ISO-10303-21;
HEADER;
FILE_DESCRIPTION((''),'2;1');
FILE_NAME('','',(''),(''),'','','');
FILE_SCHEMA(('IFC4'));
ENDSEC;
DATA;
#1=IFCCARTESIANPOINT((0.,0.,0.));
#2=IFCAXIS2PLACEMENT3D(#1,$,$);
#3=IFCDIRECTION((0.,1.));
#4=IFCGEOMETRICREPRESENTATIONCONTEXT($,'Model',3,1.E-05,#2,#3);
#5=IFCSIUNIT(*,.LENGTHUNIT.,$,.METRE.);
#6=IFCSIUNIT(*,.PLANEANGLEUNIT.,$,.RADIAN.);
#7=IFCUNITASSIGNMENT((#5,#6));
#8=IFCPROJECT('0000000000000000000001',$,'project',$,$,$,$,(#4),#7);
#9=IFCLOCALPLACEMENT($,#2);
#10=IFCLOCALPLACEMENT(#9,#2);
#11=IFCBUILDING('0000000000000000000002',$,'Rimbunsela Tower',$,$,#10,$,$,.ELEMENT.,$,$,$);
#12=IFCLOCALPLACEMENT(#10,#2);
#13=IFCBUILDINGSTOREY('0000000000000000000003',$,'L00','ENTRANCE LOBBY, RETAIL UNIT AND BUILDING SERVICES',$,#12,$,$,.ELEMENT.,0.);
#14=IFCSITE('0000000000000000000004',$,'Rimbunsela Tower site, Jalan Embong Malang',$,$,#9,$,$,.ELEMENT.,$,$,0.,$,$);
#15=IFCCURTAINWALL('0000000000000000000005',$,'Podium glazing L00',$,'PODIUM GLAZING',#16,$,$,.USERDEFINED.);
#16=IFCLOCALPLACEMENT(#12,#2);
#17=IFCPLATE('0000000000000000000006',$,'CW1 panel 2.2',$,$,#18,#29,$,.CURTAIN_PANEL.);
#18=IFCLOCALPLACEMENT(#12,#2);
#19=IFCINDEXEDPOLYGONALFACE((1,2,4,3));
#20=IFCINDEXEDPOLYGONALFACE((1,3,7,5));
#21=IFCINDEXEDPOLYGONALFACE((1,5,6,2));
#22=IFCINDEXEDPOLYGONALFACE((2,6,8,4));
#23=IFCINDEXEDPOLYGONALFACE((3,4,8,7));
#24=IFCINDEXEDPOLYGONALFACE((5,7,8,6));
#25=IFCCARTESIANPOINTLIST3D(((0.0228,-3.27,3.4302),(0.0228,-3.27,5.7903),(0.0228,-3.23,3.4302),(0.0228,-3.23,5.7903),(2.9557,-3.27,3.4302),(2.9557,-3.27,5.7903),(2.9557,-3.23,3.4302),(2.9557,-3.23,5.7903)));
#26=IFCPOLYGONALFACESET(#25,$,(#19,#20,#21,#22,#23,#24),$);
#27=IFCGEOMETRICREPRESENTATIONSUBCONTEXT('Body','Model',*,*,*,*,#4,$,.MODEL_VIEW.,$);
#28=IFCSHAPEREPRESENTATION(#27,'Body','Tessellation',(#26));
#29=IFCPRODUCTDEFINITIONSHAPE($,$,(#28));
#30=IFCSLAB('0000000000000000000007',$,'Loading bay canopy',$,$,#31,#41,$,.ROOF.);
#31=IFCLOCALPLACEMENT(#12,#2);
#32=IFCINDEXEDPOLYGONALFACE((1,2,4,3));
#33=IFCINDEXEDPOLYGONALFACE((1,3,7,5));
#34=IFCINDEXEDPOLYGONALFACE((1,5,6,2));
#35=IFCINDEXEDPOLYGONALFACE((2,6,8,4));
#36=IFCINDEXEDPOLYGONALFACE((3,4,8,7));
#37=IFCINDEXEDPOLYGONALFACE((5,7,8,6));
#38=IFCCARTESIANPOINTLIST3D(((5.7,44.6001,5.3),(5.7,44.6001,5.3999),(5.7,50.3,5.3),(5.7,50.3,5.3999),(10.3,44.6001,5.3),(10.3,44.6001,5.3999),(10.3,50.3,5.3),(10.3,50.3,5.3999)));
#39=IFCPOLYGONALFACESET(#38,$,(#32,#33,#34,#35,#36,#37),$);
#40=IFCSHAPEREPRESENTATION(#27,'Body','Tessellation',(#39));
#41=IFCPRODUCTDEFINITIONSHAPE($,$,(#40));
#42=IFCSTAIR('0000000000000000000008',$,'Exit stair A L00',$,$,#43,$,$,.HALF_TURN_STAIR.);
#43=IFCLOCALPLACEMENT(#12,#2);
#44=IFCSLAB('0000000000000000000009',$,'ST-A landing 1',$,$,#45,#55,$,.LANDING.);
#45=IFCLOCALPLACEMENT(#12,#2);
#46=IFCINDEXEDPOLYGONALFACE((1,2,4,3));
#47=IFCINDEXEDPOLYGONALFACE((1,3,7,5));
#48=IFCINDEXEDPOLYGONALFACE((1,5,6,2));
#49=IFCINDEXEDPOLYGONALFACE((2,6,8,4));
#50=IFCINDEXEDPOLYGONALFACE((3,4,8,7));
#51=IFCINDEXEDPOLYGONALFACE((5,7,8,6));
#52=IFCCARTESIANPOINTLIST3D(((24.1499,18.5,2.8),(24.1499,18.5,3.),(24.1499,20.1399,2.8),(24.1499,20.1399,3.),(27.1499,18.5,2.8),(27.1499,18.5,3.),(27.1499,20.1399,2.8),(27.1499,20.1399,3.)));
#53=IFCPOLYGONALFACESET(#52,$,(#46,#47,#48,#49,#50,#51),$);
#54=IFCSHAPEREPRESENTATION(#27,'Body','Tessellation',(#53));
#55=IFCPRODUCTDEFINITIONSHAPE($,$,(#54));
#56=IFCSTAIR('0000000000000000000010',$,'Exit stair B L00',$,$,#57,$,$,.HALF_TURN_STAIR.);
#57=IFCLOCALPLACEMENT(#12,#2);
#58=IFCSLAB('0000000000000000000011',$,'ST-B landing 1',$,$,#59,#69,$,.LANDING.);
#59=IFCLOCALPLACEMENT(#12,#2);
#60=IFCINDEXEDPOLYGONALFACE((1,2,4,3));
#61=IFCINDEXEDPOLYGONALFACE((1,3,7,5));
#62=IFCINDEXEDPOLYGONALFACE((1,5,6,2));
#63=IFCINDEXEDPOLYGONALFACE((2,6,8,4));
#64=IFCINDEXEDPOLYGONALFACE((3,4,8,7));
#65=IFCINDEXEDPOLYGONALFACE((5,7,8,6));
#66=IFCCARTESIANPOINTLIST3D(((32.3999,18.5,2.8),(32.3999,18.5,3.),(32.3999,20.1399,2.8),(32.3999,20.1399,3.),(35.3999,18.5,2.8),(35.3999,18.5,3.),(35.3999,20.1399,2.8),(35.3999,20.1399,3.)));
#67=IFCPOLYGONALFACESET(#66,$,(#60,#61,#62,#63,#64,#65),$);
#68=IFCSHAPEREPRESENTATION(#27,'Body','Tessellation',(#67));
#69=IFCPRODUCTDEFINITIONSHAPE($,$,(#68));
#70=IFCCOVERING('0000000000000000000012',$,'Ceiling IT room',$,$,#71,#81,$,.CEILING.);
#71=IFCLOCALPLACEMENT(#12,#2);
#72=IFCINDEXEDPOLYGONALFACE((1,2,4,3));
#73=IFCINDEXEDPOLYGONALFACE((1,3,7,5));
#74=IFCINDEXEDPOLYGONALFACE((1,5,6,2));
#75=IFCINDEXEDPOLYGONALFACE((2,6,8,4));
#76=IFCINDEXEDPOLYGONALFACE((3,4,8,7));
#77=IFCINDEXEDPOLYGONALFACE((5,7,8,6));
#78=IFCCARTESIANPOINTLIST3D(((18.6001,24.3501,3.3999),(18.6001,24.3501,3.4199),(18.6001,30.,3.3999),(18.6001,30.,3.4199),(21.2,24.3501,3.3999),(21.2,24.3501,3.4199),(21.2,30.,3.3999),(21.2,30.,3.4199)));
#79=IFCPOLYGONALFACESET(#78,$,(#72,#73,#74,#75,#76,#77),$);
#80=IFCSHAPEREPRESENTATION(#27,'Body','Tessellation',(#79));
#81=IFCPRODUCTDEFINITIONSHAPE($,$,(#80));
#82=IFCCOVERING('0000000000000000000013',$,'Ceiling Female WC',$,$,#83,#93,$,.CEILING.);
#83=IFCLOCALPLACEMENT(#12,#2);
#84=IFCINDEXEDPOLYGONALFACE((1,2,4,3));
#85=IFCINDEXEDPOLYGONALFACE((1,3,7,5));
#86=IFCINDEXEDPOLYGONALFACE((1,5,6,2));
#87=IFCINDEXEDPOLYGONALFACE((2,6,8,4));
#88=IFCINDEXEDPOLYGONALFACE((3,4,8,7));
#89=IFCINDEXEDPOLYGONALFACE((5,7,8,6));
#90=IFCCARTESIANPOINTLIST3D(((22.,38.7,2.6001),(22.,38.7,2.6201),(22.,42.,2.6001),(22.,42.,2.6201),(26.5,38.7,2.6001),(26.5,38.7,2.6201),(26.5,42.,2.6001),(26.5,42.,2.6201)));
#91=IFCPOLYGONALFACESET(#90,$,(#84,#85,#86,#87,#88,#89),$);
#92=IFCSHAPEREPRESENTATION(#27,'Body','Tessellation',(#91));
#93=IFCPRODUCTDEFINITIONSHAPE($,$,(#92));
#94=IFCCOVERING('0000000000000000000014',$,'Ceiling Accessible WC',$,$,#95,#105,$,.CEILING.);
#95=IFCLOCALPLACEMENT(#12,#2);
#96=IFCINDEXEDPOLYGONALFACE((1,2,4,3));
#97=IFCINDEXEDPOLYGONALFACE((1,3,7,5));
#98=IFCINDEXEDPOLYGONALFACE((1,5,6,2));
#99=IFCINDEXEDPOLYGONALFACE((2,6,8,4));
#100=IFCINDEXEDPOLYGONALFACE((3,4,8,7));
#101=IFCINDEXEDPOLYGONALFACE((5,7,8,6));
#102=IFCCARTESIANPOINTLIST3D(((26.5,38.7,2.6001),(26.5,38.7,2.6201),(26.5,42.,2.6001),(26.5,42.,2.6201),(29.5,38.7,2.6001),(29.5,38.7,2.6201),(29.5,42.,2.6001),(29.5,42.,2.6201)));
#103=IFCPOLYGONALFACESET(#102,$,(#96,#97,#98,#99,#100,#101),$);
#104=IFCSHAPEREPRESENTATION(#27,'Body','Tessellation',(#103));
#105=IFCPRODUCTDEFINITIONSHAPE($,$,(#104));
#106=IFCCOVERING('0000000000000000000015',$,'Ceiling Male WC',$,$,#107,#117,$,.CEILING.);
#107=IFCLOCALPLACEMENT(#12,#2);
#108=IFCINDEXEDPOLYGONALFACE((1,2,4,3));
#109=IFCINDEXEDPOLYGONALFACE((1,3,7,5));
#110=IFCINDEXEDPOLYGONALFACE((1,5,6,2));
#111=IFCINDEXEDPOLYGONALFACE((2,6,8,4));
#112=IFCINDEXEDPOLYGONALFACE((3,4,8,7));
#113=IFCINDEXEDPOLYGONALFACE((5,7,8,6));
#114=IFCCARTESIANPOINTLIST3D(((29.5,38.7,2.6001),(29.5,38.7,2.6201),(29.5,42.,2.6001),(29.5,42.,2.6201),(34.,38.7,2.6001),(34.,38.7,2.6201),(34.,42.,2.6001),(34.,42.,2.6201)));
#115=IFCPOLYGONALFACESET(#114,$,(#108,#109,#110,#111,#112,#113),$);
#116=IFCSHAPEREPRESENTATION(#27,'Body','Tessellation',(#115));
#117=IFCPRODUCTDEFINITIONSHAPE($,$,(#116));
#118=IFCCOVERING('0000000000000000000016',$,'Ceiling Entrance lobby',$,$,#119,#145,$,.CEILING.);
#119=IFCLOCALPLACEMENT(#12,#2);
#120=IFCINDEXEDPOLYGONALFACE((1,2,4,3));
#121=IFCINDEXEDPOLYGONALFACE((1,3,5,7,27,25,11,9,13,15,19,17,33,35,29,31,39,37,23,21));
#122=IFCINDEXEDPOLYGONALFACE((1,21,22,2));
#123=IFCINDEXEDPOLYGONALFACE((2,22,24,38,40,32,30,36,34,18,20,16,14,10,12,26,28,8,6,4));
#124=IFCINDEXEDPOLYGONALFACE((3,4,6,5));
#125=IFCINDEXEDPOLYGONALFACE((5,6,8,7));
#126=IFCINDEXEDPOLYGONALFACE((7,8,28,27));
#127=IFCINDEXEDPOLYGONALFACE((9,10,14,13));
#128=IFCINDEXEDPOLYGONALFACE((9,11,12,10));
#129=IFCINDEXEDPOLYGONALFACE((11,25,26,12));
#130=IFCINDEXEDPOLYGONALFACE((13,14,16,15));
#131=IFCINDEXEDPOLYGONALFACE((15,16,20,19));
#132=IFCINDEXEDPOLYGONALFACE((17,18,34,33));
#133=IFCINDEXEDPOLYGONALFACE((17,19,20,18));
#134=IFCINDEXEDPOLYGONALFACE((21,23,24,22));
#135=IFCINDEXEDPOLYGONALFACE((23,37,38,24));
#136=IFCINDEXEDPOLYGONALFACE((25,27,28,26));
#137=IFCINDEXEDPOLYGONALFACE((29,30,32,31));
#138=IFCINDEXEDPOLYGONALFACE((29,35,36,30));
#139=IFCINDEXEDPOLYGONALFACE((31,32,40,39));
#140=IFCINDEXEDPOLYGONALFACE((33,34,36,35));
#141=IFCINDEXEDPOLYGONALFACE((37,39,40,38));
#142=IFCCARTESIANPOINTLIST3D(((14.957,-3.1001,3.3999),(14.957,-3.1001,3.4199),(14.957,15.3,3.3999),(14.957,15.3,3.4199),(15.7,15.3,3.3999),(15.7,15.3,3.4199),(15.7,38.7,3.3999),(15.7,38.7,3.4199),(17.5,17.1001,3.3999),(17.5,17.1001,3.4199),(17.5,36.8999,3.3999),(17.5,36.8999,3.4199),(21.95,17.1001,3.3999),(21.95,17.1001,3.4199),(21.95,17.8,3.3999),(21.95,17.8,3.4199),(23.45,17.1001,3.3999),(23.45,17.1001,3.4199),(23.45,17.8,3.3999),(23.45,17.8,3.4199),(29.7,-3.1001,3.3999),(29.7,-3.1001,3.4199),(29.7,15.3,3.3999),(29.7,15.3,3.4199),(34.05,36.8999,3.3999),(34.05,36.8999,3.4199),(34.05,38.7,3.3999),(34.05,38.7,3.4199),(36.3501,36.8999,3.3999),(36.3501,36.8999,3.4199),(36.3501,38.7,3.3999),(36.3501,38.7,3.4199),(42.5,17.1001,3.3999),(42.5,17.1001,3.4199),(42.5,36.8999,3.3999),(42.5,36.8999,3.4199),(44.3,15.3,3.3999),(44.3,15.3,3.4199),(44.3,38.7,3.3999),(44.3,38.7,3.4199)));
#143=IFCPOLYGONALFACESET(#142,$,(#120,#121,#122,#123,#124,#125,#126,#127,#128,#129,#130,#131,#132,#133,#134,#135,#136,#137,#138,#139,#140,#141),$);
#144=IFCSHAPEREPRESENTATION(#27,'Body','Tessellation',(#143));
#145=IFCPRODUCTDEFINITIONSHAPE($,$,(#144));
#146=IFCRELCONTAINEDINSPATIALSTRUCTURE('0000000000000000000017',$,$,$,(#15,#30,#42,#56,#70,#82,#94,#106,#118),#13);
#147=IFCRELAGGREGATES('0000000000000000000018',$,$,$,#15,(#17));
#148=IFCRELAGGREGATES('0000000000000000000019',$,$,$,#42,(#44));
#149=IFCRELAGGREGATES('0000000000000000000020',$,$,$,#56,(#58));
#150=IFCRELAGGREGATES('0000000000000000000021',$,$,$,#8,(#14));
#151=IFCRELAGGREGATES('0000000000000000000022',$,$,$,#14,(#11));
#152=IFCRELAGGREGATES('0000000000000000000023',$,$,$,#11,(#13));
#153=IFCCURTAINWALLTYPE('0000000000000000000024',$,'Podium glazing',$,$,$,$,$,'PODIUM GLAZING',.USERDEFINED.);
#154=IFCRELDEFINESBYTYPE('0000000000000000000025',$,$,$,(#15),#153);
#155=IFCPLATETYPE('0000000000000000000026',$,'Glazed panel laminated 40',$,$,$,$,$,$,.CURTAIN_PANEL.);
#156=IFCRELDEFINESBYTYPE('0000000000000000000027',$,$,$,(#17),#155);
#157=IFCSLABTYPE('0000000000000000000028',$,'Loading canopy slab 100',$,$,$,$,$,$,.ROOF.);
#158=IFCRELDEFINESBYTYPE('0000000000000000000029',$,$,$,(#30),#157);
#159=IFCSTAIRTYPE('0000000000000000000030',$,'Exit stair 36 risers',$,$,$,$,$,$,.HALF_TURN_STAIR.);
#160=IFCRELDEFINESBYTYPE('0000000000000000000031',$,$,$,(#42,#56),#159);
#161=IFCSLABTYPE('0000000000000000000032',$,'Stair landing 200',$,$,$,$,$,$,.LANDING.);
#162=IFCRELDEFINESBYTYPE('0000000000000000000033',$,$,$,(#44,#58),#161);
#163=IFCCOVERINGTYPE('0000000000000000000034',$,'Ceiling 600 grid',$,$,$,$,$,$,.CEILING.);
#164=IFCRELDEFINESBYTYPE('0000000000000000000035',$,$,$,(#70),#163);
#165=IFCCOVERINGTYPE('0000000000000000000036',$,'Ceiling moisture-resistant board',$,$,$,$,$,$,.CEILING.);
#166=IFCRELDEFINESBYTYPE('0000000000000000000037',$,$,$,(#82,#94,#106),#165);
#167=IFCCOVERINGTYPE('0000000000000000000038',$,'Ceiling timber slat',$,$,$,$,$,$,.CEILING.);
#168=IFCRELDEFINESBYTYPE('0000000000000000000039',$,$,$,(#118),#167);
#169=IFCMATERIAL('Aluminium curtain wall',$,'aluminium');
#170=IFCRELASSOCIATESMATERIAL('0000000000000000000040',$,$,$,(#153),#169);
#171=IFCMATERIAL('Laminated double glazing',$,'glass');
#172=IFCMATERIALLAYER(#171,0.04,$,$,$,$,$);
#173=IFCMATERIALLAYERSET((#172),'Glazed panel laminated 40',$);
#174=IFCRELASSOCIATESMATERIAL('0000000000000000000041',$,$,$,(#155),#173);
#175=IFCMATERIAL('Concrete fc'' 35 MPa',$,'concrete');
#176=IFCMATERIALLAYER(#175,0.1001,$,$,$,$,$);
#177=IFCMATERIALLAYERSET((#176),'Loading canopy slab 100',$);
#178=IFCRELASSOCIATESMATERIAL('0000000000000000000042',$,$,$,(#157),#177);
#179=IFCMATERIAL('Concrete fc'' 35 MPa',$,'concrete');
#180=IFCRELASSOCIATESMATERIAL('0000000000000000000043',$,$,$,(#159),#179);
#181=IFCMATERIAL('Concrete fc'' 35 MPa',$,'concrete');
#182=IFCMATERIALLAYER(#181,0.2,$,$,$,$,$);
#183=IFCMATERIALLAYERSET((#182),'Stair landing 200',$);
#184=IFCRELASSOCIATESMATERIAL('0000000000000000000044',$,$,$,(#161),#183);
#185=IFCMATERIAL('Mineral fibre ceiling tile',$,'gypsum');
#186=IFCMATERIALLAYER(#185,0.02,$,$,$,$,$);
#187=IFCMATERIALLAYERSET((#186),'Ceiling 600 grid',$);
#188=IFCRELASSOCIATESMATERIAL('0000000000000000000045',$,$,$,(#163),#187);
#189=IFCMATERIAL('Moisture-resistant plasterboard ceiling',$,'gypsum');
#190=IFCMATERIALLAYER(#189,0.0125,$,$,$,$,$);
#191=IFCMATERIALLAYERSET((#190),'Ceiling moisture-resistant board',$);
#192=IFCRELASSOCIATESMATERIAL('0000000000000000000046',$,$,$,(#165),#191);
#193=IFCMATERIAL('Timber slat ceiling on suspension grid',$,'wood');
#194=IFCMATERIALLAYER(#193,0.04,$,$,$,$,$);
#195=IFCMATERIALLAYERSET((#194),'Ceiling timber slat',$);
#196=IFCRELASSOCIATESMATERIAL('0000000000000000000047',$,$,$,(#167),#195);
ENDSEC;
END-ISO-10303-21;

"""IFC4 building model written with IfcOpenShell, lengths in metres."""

from ifc_helpers import new_model, si_unit, direction, frame, origin, origin_2d, place, context, subcontext, project, spatial, polyline, rectangle, outline, extrude, material, layer, layer_set, type_object, element, aggregate, save


model = new_model("IFC4")

# Units and contexts
model_context = context("Model", 3, precision=1e-05, world=origin(), true_north=direction((0.0, 1.0)))
body_context = subcontext(model_context, "Body", "Model", "MODEL_VIEW")
ifc_project = project(units=[si_unit("LENGTHUNIT", "METRE"), si_unit("PLANEANGLEUNIT", "RADIAN")], contexts=[model_context])

# Site, building, storey
site_placement = place(None, origin())
site = spatial("IfcSite", under=ifc_project, at=site_placement, Name="Rimbunsela Tower site, Jalan Embong Malang", CompositionType="ELEMENT", RefElevation=0.0)
building_placement = place(site_placement, origin())
building = spatial("IfcBuilding", under=site, at=building_placement, Name="Rimbunsela Tower", CompositionType="ELEMENT")
storey_placement = place(building_placement, origin())
storey = spatial("IfcBuildingStorey", under=building, at=storey_placement, Name="L00", Description="ENTRANCE LOBBY, RETAIL UNIT AND BUILDING SERVICES", CompositionType="ELEMENT", Elevation=0.0)

# Curtain wall
ifc_material_1 = material(Name="Aluminium curtain wall", Category="aluminium")
curtain_wall_type_1 = type_object("IfcCurtainWallType", Name="Podium glazing", ElementType="PODIUM GLAZING", PredefinedType="USERDEFINED", material=ifc_material_1)
curtain_wall_1_placement = place(storey_placement, origin())
curtain_wall_1 = element("IfcCurtainWall", 1, at=curtain_wall_1_placement, inside=storey, type_object=curtain_wall_type_1, Name="Podium glazing L00", ObjectType="PODIUM GLAZING", PredefinedType="USERDEFINED")

# Plate
ifc_material_2 = material(Name="Laminated double glazing", Category="glass")
ifc_layer_1 = layer(ifc_material_2, 0.04)
ifc_layer_set_1 = layer_set([ifc_layer_1], Name="Glazed panel laminated 40")
plate_type_1 = type_object("IfcPlateType", Name="Glazed panel laminated 40", PredefinedType="CURTAIN_PANEL", material=ifc_layer_set_1)
plate_1_placement = place(storey_placement, frame((1.4893, -3.25, 3.4302), z_axis=(0.0, 0.0, 1.0), x_axis=(1.0, 0.0, 0.0)))
plate_1 = element("IfcPlate", 2, at=plate_1_placement, type_object=plate_type_1, Name="CW1 panel 2.2", PredefinedType="CURTAIN_PANEL", context=body_context, shape_type="SweptSolid", body=[
    extrude(rectangle(XDim=2.9329, YDim=0.04, at=origin_2d()), origin(), (0.0, 0.0, 1.0), 2.3601),
])
aggregate(curtain_wall_1, [plate_1])

# Slab
ifc_material_3 = material(Name="Concrete fc' 35 MPa", Category="concrete")
ifc_layer_2 = layer(ifc_material_3, 0.1001)
ifc_layer_set_2 = layer_set([ifc_layer_2], Name="Loading canopy slab 100")
slab_type_1 = type_object("IfcSlabType", Name="Loading canopy slab 100", PredefinedType="ROOF", material=ifc_layer_set_2)
slab_1_placement = place(storey_placement, frame((0.0, 0.0, 5.3)))
element("IfcSlab", 3, at=slab_1_placement, inside=storey, type_object=slab_type_1, Name="Loading bay canopy", PredefinedType="ROOF", context=body_context, shape_type="SweptSolid", body=[
    extrude(outline(polyline([(5.7, 44.6001), (10.3, 44.6001), (10.3, 50.3), (5.7, 50.3), (5.7, 44.6001)])), origin(), (0.0, 0.0, 1.0), 0.0999),
])

# Stairs, slabs
ifc_material_4 = material(Name="Concrete fc' 35 MPa", Category="concrete")
stair_type = type_object("IfcStairType", Name="Exit stair 36 risers", PredefinedType="HALF_TURN_STAIR", material=ifc_material_4)
stair_1_placement = place(storey_placement, origin())
stair_1 = element("IfcStair", 4, at=stair_1_placement, inside=storey, type_object=stair_type, Name="Exit stair A L00", PredefinedType="HALF_TURN_STAIR")
ifc_material_5 = material(Name="Concrete fc' 35 MPa", Category="concrete")
ifc_layer_3 = layer(ifc_material_5, 0.2)
ifc_layer_set_3 = layer_set([ifc_layer_3], Name="Stair landing 200")
slab_type_2 = type_object("IfcSlabType", Name="Stair landing 200", PredefinedType="LANDING", material=ifc_layer_set_3)
slab_2_placement = place(storey_placement, frame((0.0, 0.0, 2.8)))
slab_2 = element("IfcSlab", 5, at=slab_2_placement, type_object=slab_type_2, Name="ST-A landing 1", PredefinedType="LANDING", context=body_context, shape_type="SweptSolid", body=[
    extrude(outline(polyline([(24.1499, 18.5), (27.1499, 18.5), (27.1499, 20.1399), (24.1499, 20.1399), (24.1499, 18.5)])), origin(), (0.0, 0.0, 1.0), 0.2),
])
aggregate(stair_1, [slab_2])
stair_2_placement = place(storey_placement, origin())
stair_2 = element("IfcStair", 6, at=stair_2_placement, inside=storey, type_object=stair_type, Name="Exit stair B L00", PredefinedType="HALF_TURN_STAIR")
slab_3_placement = place(storey_placement, frame((0.0, 0.0, 2.8)))
slab_3 = element("IfcSlab", 7, at=slab_3_placement, type_object=slab_type_2, Name="ST-B landing 1", PredefinedType="LANDING", context=body_context, shape_type="SweptSolid", body=[
    extrude(outline(polyline([(32.3999, 18.5), (35.3999, 18.5), (35.3999, 20.1399), (32.3999, 20.1399), (32.3999, 18.5)])), origin(), (0.0, 0.0, 1.0), 0.2),
])
aggregate(stair_2, [slab_3])

# Coverings
ifc_material_6 = material(Name="Mineral fibre ceiling tile", Category="gypsum")
ifc_layer_4 = layer(ifc_material_6, 0.02)
ifc_layer_set_4 = layer_set([ifc_layer_4], Name="Ceiling 600 grid")
covering_type_1 = type_object("IfcCoveringType", Name="Ceiling 600 grid", PredefinedType="CEILING", material=ifc_layer_set_4)
covering_1_placement = place(storey_placement, frame((0.0, 0.0, 3.3999)))
element("IfcCovering", 8, at=covering_1_placement, inside=storey, type_object=covering_type_1, Name="Ceiling IT room", PredefinedType="CEILING", context=body_context, shape_type="SweptSolid", body=[
    extrude(outline(polyline([(21.2, 24.3501), (21.2, 30.0), (18.6001, 30.0), (18.6001, 24.3501), (21.2, 24.3501)])), origin(), (0.0, 0.0, 1.0), 0.02),
])
ifc_material_7 = material(Name="Moisture-resistant plasterboard ceiling", Category="gypsum")
ifc_layer_5 = layer(ifc_material_7, 0.0125)
ifc_layer_set_5 = layer_set([ifc_layer_5], Name="Ceiling moisture-resistant board")
covering_type_2 = type_object("IfcCoveringType", Name="Ceiling moisture-resistant board", PredefinedType="CEILING", material=ifc_layer_set_5)
covering_2_placement = place(storey_placement, frame((0.0, 0.0, 2.6001)))
element("IfcCovering", 9, at=covering_2_placement, inside=storey, type_object=covering_type_2, Name="Ceiling Female WC", PredefinedType="CEILING", context=body_context, shape_type="SweptSolid", body=[
    extrude(outline(polyline([(26.5, 38.7), (26.5, 42.0), (22.0, 42.0), (22.0, 38.7), (26.5, 38.7)])), origin(), (0.0, 0.0, 1.0), 0.02),
])
covering_3_placement = place(storey_placement, frame((0.0, 0.0, 2.6001)))
element("IfcCovering", 10, at=covering_3_placement, inside=storey, type_object=covering_type_2, Name="Ceiling Accessible WC", PredefinedType="CEILING", context=body_context, shape_type="SweptSolid", body=[
    extrude(outline(polyline([(29.5, 38.7), (29.5, 42.0), (26.5, 42.0), (26.5, 38.7), (29.5, 38.7)])), origin(), (0.0, 0.0, 1.0), 0.02),
])
covering_4_placement = place(storey_placement, frame((0.0, 0.0, 2.6001)))
element("IfcCovering", 11, at=covering_4_placement, inside=storey, type_object=covering_type_2, Name="Ceiling Male WC", PredefinedType="CEILING", context=body_context, shape_type="SweptSolid", body=[
    extrude(outline(polyline([(34.0, 38.7), (34.0, 42.0), (29.5, 42.0), (29.5, 38.7), (34.0, 38.7)])), origin(), (0.0, 0.0, 1.0), 0.02),
])
ifc_material_8 = material(Name="Timber slat ceiling on suspension grid", Category="wood")
ifc_layer_6 = layer(ifc_material_8, 0.04)
ifc_layer_set_6 = layer_set([ifc_layer_6], Name="Ceiling timber slat")
covering_type_3 = type_object("IfcCoveringType", Name="Ceiling timber slat", PredefinedType="CEILING", material=ifc_layer_set_6)
covering_5_placement = place(storey_placement, frame((0.0, 0.0, 3.3999)))
element("IfcCovering", 12, at=covering_5_placement, inside=storey, type_object=covering_type_3, Name="Ceiling Entrance lobby", PredefinedType="CEILING", context=body_context, shape_type="SweptSolid", body=[
    extrude(outline(polyline([(21.95, 17.8), (23.45, 17.8), (23.45, 17.1001), (42.5, 17.1001), (42.5, 36.8999), (36.3501, 36.8999), (36.3501, 38.7), (44.3, 38.7), (44.3, 15.3), (29.7, 15.3), (29.7, -3.1001), (14.957, -3.1001), (14.957, 15.3), (15.7, 15.3), (15.7, 38.7), (34.05, 38.7), (34.05, 36.8999), (17.5, 36.8999), (17.5, 17.1001), (21.95, 17.1001), (21.95, 17.8)])), origin(), (0.0, 0.0, 1.0), 0.02),
])

save(model, "model.ifc")
